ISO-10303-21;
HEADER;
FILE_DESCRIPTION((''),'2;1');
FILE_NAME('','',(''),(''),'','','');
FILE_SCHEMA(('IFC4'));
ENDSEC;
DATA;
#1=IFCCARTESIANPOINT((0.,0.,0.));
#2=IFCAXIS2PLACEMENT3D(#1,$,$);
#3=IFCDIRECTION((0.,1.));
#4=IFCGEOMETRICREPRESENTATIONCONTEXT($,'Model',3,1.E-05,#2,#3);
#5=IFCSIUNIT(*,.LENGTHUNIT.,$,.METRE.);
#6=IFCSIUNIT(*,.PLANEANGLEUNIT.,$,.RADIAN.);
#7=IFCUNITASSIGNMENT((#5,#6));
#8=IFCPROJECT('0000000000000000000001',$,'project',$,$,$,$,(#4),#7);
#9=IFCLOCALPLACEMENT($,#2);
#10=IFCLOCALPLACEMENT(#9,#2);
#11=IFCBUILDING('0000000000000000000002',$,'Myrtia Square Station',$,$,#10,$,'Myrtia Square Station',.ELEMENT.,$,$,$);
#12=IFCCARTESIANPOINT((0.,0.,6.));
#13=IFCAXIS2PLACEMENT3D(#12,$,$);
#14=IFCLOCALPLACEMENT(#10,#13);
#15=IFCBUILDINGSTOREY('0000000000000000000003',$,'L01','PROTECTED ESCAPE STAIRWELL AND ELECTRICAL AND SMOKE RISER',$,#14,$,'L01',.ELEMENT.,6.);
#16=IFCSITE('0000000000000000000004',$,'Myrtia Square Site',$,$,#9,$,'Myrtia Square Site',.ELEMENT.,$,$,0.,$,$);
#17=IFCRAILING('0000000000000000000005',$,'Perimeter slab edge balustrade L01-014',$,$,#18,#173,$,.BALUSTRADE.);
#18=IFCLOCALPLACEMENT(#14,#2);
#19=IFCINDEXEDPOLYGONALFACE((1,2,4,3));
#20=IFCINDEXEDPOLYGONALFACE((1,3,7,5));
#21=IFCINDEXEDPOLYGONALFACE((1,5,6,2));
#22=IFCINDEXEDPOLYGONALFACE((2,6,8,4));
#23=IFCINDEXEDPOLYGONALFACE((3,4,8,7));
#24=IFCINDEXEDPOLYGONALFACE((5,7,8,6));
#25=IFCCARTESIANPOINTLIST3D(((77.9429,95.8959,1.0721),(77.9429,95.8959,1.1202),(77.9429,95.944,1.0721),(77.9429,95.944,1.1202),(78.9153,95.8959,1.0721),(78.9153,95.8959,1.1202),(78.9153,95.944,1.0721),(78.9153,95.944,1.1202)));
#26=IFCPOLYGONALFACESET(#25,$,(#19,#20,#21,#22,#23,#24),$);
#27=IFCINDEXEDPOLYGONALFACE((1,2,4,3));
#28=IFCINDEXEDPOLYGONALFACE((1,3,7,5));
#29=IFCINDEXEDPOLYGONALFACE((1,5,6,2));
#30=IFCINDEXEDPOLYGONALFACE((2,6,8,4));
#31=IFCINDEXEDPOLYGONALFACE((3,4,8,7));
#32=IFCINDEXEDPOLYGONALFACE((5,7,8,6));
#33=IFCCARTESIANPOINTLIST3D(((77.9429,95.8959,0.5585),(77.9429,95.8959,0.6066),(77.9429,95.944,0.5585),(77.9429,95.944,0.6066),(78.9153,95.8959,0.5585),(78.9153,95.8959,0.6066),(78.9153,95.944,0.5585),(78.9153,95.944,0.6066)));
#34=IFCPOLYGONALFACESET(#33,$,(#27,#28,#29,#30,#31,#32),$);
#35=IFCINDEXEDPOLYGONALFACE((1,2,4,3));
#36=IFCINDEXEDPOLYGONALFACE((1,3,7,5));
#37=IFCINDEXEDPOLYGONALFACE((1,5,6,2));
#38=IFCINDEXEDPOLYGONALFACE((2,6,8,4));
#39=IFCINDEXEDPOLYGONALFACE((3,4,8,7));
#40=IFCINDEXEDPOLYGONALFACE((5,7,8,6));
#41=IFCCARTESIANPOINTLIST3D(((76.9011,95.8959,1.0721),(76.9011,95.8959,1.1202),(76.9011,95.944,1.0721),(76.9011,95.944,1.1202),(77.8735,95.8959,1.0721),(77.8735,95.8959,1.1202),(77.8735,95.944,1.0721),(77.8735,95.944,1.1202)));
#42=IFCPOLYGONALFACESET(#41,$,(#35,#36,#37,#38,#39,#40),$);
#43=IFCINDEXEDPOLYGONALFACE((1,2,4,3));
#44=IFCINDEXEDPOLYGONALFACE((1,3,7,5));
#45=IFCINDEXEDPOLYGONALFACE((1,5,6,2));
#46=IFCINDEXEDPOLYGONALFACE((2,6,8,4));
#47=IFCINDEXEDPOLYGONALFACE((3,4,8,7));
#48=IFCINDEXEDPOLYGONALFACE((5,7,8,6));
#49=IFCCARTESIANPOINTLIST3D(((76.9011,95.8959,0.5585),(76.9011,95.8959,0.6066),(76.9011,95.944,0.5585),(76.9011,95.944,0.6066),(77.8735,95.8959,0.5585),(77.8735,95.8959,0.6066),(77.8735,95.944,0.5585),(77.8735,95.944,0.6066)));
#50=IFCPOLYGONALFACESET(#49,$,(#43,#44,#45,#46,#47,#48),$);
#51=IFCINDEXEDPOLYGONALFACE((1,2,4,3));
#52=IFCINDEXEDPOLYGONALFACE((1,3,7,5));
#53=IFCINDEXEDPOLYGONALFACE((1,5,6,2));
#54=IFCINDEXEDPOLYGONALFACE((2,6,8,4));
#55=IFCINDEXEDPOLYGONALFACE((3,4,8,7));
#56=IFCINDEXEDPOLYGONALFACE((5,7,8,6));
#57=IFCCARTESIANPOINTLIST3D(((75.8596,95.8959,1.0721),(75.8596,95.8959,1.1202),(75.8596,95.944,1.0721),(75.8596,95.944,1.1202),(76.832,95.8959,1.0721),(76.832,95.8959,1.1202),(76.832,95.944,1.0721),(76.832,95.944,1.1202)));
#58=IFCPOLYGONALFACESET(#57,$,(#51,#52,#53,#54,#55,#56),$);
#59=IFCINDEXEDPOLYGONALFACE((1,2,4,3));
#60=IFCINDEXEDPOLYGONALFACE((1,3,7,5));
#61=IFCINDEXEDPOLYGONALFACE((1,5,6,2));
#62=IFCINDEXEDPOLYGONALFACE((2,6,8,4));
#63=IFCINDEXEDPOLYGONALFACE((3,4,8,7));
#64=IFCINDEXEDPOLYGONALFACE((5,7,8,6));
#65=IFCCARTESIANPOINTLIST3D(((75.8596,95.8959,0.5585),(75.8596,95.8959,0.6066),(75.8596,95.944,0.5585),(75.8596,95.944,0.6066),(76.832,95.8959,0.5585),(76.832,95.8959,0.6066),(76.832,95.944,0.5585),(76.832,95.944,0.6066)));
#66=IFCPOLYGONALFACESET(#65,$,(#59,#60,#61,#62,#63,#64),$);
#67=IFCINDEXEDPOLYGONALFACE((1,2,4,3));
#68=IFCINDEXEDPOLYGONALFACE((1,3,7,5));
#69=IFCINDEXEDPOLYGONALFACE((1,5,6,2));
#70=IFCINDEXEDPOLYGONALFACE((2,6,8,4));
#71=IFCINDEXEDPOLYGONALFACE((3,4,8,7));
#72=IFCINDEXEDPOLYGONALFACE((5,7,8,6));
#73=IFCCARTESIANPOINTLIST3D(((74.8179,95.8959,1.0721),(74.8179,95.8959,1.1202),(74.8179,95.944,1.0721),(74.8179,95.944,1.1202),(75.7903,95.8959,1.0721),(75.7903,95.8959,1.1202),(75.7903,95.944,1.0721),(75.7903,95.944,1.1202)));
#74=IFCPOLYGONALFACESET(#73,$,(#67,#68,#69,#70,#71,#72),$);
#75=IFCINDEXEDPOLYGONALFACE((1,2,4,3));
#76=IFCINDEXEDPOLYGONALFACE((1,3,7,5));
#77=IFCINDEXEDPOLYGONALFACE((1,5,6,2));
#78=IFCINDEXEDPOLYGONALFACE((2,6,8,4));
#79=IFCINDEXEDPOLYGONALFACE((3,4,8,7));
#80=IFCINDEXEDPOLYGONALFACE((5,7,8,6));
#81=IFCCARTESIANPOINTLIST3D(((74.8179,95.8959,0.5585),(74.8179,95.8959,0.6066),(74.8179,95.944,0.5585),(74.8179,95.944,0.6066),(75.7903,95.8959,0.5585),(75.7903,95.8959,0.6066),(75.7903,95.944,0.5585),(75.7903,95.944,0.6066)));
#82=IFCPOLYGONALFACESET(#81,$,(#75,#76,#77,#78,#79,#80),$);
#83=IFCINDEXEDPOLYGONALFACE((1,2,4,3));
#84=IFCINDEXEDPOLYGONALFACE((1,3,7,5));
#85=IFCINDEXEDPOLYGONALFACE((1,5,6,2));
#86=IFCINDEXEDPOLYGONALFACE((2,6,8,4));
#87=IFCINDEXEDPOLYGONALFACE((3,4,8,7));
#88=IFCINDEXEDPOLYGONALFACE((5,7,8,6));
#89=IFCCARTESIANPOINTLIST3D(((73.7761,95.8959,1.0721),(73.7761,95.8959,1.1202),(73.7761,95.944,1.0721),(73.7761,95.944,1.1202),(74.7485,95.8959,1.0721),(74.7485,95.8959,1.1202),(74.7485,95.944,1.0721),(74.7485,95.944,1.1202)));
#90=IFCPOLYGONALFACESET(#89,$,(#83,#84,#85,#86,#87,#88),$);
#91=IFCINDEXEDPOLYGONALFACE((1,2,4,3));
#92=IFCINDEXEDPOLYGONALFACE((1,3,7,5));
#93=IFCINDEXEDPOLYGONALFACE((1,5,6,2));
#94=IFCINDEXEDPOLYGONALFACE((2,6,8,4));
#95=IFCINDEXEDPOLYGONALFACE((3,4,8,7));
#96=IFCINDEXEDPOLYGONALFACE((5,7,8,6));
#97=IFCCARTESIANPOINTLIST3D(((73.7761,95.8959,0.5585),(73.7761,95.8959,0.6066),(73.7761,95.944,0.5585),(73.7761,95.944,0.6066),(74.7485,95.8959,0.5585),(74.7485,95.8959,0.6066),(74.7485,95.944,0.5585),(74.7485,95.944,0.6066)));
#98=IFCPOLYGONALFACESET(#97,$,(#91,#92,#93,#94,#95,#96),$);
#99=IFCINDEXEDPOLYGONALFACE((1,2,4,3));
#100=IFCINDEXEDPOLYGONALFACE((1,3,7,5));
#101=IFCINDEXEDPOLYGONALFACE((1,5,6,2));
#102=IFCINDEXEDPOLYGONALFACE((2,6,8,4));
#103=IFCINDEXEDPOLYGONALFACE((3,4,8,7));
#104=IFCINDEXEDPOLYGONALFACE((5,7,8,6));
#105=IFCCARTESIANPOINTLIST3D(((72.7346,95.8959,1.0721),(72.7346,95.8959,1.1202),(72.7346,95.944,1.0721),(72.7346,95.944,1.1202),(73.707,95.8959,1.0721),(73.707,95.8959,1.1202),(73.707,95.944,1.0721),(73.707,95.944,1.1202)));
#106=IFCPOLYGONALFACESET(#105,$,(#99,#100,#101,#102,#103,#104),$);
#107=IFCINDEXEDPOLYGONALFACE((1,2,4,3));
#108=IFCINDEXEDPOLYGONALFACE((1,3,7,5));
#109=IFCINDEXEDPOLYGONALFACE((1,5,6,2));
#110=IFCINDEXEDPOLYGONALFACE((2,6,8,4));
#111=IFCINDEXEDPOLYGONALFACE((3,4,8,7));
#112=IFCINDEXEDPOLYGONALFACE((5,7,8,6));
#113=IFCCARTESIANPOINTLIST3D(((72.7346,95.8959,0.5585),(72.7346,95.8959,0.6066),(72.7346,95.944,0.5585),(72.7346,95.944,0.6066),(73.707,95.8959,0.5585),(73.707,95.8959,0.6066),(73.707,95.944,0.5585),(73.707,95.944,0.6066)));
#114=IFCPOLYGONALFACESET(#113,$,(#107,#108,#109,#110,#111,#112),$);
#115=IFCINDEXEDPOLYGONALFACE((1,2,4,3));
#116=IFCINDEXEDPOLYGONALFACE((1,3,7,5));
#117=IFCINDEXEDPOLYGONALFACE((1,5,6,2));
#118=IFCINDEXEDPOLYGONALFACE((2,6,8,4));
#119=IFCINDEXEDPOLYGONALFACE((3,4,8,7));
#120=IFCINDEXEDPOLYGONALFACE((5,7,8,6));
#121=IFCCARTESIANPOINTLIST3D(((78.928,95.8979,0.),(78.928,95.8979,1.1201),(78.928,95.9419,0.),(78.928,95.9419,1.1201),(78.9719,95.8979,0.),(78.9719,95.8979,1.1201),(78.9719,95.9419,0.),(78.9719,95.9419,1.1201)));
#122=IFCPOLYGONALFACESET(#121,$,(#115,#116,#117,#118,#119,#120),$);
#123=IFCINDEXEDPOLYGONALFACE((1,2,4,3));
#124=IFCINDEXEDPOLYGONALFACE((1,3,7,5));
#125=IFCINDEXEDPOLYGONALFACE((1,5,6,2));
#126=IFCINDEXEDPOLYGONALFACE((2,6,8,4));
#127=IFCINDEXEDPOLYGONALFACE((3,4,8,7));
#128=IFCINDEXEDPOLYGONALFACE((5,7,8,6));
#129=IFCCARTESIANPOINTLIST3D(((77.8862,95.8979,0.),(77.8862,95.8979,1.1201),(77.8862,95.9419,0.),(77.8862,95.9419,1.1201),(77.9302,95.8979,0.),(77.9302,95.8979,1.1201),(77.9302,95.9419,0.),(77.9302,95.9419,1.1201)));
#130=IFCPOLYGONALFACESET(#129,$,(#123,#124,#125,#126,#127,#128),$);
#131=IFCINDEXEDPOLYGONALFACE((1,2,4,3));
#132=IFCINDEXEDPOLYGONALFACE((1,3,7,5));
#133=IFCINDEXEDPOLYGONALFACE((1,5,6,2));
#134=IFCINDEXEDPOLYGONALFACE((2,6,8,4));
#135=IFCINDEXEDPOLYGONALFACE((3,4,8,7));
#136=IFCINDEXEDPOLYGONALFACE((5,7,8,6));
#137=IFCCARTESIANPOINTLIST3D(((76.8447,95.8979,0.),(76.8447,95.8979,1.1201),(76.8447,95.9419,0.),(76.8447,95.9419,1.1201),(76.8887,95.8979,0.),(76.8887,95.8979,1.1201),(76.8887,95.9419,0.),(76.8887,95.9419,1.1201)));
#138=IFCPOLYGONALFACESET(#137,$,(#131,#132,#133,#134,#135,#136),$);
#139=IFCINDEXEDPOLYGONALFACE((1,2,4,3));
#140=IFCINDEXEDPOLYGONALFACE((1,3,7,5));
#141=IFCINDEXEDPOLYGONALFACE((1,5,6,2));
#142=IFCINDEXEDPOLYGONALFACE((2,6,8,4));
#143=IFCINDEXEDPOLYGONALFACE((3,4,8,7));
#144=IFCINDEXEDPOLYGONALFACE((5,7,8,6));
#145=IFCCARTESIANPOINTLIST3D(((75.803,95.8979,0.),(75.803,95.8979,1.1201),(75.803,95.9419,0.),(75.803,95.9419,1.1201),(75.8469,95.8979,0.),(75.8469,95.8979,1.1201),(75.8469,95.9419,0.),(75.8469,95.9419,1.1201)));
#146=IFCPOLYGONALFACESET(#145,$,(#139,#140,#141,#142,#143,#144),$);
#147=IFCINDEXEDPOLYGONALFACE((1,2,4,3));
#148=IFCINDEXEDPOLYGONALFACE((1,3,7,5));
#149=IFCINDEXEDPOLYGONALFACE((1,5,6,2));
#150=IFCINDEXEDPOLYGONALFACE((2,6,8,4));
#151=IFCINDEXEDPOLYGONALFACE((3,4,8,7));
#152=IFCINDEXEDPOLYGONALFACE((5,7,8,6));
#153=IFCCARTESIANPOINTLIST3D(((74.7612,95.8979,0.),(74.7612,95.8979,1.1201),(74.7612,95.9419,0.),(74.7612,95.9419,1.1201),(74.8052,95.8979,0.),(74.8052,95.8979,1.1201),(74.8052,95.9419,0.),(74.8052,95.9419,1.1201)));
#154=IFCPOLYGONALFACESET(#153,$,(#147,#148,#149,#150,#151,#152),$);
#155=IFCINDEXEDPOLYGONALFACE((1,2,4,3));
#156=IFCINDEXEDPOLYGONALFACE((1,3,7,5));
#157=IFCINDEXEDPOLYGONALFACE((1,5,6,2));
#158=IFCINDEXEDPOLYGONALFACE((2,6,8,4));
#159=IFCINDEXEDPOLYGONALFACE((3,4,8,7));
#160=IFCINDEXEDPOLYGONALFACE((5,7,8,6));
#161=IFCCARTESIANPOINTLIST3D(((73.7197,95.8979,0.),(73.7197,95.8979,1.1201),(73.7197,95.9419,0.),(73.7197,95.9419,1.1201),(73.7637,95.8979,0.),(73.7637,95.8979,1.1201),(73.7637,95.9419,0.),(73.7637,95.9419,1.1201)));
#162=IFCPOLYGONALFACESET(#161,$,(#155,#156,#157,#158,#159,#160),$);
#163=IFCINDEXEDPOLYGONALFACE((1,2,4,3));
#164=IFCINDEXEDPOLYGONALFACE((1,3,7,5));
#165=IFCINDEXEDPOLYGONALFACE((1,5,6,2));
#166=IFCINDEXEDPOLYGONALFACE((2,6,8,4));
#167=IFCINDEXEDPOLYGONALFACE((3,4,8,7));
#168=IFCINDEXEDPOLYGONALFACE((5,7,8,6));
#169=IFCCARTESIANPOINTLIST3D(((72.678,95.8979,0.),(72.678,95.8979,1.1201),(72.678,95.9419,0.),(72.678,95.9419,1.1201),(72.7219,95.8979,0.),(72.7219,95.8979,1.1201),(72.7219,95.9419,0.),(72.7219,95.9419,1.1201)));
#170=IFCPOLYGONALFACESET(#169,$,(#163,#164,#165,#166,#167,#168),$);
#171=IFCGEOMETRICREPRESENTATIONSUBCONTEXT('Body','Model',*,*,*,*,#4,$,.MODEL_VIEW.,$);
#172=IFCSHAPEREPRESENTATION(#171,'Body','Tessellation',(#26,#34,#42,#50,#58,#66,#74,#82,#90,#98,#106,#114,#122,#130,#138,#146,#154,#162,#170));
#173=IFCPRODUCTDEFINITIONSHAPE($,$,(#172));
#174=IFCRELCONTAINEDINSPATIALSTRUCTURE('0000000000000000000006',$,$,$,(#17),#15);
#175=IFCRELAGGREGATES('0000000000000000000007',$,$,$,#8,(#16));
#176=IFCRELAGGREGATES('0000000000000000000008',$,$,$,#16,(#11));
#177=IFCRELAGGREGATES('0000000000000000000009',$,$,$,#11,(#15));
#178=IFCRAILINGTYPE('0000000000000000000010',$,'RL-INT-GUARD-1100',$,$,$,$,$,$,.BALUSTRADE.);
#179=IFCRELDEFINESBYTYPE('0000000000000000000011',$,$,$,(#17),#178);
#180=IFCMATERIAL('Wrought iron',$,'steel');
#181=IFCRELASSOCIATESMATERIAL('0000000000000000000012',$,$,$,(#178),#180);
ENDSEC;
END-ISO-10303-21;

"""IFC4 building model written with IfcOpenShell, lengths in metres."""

from ifc_helpers import new_model, si_unit, direction, frame, origin, origin_2d, place, context, subcontext, project, spatial, rectangle, extrude, material, type_object, element, save


model = new_model("IFC4")

# Units and contexts
model_context = context("Model", 3, precision=1e-05, world=origin(), true_north=direction((0.0, 1.0)))
body_context = subcontext(model_context, "Body", "Model", "MODEL_VIEW")
ifc_project = project(units=[si_unit("LENGTHUNIT", "METRE"), si_unit("PLANEANGLEUNIT", "RADIAN")], contexts=[model_context])

# Site, building, storey
site_placement = place(None, origin())
site = spatial("IfcSite", under=ifc_project, at=site_placement, Name="Myrtia Square Site", LongName="Myrtia Square Site", CompositionType="ELEMENT", RefElevation=0.0)
building_placement = place(site_placement, origin())
building = spatial("IfcBuilding", under=site, at=building_placement, Name="Myrtia Square Station", LongName="Myrtia Square Station", CompositionType="ELEMENT")
storey_placement = place(building_placement, frame((0.0, 0.0, 6.0)))
storey = spatial("IfcBuildingStorey", under=building, at=storey_placement, Name="L01", Description="PROTECTED ESCAPE STAIRWELL AND ELECTRICAL AND SMOKE RISER", LongName="L01", CompositionType="ELEMENT", Elevation=6.0)

# Railing
ifc_material_1 = material(Name="Wrought iron", Category="steel")
railing_type = type_object("IfcRailingType", Name="RL-INT-GUARD-1100", PredefinedType="BALUSTRADE", material=ifc_material_1)
railing_1_placement = place(storey_placement, frame((78.95, 95.9199, 0.0)))
element("IfcRailing", 1, at=railing_1_placement, inside=storey, type_object=railing_type, Name="Perimeter slab edge balustrade L01-014", PredefinedType="BALUSTRADE", context=body_context, shape_type="SweptSolid", body=[
    extrude(rectangle(XDim=0.0481, YDim=0.0481, at=origin_2d()), frame((-0.0347, 0.0, 1.0962), z_axis=(-1.0, 0.0, 0.0), x_axis=(0.0, -1.0, 0.0)), (0.0, 0.0, 1.0), 0.9724),
    extrude(rectangle(XDim=0.0481, YDim=0.0481, at=origin_2d()), frame((-0.0347, 0.0, 0.5825), z_axis=(-1.0, 0.0, 0.0), x_axis=(0.0, -1.0, 0.0)), (0.0, 0.0, 1.0), 0.9724),
    extrude(rectangle(XDim=0.0481, YDim=0.0481, at=origin_2d()), frame((-1.0764, 0.0, 1.0962), z_axis=(-1.0, 0.0, 0.0), x_axis=(0.0, -1.0, 0.0)), (0.0, 0.0, 1.0), 0.9724),
    extrude(rectangle(XDim=0.0481, YDim=0.0481, at=origin_2d()), frame((-1.0764, 0.0, 0.5825), z_axis=(-1.0, 0.0, 0.0), x_axis=(0.0, -1.0, 0.0)), (0.0, 0.0, 1.0), 0.9724),
    extrude(rectangle(XDim=0.0481, YDim=0.0481, at=origin_2d()), frame((-2.1179, 0.0, 1.0962), z_axis=(-1.0, 0.0, 0.0), x_axis=(0.0, -1.0, 0.0)), (0.0, 0.0, 1.0), 0.9724),
    extrude(rectangle(XDim=0.0481, YDim=0.0481, at=origin_2d()), frame((-2.1179, 0.0, 0.5825), z_axis=(-1.0, 0.0, 0.0), x_axis=(0.0, -1.0, 0.0)), (0.0, 0.0, 1.0), 0.9724),
    extrude(rectangle(XDim=0.0481, YDim=0.0481, at=origin_2d()), frame((-3.1597, 0.0, 1.0962), z_axis=(-1.0, 0.0, 0.0), x_axis=(0.0, -1.0, 0.0)), (0.0, 0.0, 1.0), 0.9724),
    extrude(rectangle(XDim=0.0481, YDim=0.0481, at=origin_2d()), frame((-3.1597, 0.0, 0.5825), z_axis=(-1.0, 0.0, 0.0), x_axis=(0.0, -1.0, 0.0)), (0.0, 0.0, 1.0), 0.9724),
    extrude(rectangle(XDim=0.0481, YDim=0.0481, at=origin_2d()), frame((-4.2014, 0.0, 1.0962), z_axis=(-1.0, 0.0, 0.0), x_axis=(0.0, -1.0, 0.0)), (0.0, 0.0, 1.0), 0.9724),
    extrude(rectangle(XDim=0.0481, YDim=0.0481, at=origin_2d()), frame((-4.2014, 0.0, 0.5825), z_axis=(-1.0, 0.0, 0.0), x_axis=(0.0, -1.0, 0.0)), (0.0, 0.0, 1.0), 0.9724),
    extrude(rectangle(XDim=0.0481, YDim=0.0481, at=origin_2d()), frame((-5.2429, 0.0, 1.0962), z_axis=(-1.0, 0.0, 0.0), x_axis=(0.0, -1.0, 0.0)), (0.0, 0.0, 1.0), 0.9724),
    extrude(rectangle(XDim=0.0481, YDim=0.0481, at=origin_2d()), frame((-5.2429, 0.0, 0.5825), z_axis=(-1.0, 0.0, 0.0), x_axis=(0.0, -1.0, 0.0)), (0.0, 0.0, 1.0), 0.9724),
    extrude(rectangle(XDim=0.0439, YDim=0.0439, at=origin_2d()), origin(), (0.0, 0.0, 1.0), 1.1201),
    extrude(rectangle(XDim=0.0439, YDim=0.0439, at=origin_2d()), frame((-1.0417, 0.0, 0.0)), (0.0, 0.0, 1.0), 1.1201),
    extrude(rectangle(XDim=0.0439, YDim=0.0439, at=origin_2d()), frame((-2.0833, 0.0, 0.0)), (0.0, 0.0, 1.0), 1.1201),
    extrude(rectangle(XDim=0.0439, YDim=0.0439, at=origin_2d()), frame((-3.125, 0.0, 0.0)), (0.0, 0.0, 1.0), 1.1201),
    extrude(rectangle(XDim=0.0439, YDim=0.0439, at=origin_2d()), frame((-4.1667, 0.0, 0.0)), (0.0, 0.0, 1.0), 1.1201),
    extrude(rectangle(XDim=0.0439, YDim=0.0439, at=origin_2d()), frame((-5.2083, 0.0, 0.0)), (0.0, 0.0, 1.0), 1.1201),
    extrude(rectangle(XDim=0.0439, YDim=0.0439, at=origin_2d()), frame((-6.25, 0.0, 0.0)), (0.0, 0.0, 1.0), 1.1201),
])

save(model, "model.ifc")
